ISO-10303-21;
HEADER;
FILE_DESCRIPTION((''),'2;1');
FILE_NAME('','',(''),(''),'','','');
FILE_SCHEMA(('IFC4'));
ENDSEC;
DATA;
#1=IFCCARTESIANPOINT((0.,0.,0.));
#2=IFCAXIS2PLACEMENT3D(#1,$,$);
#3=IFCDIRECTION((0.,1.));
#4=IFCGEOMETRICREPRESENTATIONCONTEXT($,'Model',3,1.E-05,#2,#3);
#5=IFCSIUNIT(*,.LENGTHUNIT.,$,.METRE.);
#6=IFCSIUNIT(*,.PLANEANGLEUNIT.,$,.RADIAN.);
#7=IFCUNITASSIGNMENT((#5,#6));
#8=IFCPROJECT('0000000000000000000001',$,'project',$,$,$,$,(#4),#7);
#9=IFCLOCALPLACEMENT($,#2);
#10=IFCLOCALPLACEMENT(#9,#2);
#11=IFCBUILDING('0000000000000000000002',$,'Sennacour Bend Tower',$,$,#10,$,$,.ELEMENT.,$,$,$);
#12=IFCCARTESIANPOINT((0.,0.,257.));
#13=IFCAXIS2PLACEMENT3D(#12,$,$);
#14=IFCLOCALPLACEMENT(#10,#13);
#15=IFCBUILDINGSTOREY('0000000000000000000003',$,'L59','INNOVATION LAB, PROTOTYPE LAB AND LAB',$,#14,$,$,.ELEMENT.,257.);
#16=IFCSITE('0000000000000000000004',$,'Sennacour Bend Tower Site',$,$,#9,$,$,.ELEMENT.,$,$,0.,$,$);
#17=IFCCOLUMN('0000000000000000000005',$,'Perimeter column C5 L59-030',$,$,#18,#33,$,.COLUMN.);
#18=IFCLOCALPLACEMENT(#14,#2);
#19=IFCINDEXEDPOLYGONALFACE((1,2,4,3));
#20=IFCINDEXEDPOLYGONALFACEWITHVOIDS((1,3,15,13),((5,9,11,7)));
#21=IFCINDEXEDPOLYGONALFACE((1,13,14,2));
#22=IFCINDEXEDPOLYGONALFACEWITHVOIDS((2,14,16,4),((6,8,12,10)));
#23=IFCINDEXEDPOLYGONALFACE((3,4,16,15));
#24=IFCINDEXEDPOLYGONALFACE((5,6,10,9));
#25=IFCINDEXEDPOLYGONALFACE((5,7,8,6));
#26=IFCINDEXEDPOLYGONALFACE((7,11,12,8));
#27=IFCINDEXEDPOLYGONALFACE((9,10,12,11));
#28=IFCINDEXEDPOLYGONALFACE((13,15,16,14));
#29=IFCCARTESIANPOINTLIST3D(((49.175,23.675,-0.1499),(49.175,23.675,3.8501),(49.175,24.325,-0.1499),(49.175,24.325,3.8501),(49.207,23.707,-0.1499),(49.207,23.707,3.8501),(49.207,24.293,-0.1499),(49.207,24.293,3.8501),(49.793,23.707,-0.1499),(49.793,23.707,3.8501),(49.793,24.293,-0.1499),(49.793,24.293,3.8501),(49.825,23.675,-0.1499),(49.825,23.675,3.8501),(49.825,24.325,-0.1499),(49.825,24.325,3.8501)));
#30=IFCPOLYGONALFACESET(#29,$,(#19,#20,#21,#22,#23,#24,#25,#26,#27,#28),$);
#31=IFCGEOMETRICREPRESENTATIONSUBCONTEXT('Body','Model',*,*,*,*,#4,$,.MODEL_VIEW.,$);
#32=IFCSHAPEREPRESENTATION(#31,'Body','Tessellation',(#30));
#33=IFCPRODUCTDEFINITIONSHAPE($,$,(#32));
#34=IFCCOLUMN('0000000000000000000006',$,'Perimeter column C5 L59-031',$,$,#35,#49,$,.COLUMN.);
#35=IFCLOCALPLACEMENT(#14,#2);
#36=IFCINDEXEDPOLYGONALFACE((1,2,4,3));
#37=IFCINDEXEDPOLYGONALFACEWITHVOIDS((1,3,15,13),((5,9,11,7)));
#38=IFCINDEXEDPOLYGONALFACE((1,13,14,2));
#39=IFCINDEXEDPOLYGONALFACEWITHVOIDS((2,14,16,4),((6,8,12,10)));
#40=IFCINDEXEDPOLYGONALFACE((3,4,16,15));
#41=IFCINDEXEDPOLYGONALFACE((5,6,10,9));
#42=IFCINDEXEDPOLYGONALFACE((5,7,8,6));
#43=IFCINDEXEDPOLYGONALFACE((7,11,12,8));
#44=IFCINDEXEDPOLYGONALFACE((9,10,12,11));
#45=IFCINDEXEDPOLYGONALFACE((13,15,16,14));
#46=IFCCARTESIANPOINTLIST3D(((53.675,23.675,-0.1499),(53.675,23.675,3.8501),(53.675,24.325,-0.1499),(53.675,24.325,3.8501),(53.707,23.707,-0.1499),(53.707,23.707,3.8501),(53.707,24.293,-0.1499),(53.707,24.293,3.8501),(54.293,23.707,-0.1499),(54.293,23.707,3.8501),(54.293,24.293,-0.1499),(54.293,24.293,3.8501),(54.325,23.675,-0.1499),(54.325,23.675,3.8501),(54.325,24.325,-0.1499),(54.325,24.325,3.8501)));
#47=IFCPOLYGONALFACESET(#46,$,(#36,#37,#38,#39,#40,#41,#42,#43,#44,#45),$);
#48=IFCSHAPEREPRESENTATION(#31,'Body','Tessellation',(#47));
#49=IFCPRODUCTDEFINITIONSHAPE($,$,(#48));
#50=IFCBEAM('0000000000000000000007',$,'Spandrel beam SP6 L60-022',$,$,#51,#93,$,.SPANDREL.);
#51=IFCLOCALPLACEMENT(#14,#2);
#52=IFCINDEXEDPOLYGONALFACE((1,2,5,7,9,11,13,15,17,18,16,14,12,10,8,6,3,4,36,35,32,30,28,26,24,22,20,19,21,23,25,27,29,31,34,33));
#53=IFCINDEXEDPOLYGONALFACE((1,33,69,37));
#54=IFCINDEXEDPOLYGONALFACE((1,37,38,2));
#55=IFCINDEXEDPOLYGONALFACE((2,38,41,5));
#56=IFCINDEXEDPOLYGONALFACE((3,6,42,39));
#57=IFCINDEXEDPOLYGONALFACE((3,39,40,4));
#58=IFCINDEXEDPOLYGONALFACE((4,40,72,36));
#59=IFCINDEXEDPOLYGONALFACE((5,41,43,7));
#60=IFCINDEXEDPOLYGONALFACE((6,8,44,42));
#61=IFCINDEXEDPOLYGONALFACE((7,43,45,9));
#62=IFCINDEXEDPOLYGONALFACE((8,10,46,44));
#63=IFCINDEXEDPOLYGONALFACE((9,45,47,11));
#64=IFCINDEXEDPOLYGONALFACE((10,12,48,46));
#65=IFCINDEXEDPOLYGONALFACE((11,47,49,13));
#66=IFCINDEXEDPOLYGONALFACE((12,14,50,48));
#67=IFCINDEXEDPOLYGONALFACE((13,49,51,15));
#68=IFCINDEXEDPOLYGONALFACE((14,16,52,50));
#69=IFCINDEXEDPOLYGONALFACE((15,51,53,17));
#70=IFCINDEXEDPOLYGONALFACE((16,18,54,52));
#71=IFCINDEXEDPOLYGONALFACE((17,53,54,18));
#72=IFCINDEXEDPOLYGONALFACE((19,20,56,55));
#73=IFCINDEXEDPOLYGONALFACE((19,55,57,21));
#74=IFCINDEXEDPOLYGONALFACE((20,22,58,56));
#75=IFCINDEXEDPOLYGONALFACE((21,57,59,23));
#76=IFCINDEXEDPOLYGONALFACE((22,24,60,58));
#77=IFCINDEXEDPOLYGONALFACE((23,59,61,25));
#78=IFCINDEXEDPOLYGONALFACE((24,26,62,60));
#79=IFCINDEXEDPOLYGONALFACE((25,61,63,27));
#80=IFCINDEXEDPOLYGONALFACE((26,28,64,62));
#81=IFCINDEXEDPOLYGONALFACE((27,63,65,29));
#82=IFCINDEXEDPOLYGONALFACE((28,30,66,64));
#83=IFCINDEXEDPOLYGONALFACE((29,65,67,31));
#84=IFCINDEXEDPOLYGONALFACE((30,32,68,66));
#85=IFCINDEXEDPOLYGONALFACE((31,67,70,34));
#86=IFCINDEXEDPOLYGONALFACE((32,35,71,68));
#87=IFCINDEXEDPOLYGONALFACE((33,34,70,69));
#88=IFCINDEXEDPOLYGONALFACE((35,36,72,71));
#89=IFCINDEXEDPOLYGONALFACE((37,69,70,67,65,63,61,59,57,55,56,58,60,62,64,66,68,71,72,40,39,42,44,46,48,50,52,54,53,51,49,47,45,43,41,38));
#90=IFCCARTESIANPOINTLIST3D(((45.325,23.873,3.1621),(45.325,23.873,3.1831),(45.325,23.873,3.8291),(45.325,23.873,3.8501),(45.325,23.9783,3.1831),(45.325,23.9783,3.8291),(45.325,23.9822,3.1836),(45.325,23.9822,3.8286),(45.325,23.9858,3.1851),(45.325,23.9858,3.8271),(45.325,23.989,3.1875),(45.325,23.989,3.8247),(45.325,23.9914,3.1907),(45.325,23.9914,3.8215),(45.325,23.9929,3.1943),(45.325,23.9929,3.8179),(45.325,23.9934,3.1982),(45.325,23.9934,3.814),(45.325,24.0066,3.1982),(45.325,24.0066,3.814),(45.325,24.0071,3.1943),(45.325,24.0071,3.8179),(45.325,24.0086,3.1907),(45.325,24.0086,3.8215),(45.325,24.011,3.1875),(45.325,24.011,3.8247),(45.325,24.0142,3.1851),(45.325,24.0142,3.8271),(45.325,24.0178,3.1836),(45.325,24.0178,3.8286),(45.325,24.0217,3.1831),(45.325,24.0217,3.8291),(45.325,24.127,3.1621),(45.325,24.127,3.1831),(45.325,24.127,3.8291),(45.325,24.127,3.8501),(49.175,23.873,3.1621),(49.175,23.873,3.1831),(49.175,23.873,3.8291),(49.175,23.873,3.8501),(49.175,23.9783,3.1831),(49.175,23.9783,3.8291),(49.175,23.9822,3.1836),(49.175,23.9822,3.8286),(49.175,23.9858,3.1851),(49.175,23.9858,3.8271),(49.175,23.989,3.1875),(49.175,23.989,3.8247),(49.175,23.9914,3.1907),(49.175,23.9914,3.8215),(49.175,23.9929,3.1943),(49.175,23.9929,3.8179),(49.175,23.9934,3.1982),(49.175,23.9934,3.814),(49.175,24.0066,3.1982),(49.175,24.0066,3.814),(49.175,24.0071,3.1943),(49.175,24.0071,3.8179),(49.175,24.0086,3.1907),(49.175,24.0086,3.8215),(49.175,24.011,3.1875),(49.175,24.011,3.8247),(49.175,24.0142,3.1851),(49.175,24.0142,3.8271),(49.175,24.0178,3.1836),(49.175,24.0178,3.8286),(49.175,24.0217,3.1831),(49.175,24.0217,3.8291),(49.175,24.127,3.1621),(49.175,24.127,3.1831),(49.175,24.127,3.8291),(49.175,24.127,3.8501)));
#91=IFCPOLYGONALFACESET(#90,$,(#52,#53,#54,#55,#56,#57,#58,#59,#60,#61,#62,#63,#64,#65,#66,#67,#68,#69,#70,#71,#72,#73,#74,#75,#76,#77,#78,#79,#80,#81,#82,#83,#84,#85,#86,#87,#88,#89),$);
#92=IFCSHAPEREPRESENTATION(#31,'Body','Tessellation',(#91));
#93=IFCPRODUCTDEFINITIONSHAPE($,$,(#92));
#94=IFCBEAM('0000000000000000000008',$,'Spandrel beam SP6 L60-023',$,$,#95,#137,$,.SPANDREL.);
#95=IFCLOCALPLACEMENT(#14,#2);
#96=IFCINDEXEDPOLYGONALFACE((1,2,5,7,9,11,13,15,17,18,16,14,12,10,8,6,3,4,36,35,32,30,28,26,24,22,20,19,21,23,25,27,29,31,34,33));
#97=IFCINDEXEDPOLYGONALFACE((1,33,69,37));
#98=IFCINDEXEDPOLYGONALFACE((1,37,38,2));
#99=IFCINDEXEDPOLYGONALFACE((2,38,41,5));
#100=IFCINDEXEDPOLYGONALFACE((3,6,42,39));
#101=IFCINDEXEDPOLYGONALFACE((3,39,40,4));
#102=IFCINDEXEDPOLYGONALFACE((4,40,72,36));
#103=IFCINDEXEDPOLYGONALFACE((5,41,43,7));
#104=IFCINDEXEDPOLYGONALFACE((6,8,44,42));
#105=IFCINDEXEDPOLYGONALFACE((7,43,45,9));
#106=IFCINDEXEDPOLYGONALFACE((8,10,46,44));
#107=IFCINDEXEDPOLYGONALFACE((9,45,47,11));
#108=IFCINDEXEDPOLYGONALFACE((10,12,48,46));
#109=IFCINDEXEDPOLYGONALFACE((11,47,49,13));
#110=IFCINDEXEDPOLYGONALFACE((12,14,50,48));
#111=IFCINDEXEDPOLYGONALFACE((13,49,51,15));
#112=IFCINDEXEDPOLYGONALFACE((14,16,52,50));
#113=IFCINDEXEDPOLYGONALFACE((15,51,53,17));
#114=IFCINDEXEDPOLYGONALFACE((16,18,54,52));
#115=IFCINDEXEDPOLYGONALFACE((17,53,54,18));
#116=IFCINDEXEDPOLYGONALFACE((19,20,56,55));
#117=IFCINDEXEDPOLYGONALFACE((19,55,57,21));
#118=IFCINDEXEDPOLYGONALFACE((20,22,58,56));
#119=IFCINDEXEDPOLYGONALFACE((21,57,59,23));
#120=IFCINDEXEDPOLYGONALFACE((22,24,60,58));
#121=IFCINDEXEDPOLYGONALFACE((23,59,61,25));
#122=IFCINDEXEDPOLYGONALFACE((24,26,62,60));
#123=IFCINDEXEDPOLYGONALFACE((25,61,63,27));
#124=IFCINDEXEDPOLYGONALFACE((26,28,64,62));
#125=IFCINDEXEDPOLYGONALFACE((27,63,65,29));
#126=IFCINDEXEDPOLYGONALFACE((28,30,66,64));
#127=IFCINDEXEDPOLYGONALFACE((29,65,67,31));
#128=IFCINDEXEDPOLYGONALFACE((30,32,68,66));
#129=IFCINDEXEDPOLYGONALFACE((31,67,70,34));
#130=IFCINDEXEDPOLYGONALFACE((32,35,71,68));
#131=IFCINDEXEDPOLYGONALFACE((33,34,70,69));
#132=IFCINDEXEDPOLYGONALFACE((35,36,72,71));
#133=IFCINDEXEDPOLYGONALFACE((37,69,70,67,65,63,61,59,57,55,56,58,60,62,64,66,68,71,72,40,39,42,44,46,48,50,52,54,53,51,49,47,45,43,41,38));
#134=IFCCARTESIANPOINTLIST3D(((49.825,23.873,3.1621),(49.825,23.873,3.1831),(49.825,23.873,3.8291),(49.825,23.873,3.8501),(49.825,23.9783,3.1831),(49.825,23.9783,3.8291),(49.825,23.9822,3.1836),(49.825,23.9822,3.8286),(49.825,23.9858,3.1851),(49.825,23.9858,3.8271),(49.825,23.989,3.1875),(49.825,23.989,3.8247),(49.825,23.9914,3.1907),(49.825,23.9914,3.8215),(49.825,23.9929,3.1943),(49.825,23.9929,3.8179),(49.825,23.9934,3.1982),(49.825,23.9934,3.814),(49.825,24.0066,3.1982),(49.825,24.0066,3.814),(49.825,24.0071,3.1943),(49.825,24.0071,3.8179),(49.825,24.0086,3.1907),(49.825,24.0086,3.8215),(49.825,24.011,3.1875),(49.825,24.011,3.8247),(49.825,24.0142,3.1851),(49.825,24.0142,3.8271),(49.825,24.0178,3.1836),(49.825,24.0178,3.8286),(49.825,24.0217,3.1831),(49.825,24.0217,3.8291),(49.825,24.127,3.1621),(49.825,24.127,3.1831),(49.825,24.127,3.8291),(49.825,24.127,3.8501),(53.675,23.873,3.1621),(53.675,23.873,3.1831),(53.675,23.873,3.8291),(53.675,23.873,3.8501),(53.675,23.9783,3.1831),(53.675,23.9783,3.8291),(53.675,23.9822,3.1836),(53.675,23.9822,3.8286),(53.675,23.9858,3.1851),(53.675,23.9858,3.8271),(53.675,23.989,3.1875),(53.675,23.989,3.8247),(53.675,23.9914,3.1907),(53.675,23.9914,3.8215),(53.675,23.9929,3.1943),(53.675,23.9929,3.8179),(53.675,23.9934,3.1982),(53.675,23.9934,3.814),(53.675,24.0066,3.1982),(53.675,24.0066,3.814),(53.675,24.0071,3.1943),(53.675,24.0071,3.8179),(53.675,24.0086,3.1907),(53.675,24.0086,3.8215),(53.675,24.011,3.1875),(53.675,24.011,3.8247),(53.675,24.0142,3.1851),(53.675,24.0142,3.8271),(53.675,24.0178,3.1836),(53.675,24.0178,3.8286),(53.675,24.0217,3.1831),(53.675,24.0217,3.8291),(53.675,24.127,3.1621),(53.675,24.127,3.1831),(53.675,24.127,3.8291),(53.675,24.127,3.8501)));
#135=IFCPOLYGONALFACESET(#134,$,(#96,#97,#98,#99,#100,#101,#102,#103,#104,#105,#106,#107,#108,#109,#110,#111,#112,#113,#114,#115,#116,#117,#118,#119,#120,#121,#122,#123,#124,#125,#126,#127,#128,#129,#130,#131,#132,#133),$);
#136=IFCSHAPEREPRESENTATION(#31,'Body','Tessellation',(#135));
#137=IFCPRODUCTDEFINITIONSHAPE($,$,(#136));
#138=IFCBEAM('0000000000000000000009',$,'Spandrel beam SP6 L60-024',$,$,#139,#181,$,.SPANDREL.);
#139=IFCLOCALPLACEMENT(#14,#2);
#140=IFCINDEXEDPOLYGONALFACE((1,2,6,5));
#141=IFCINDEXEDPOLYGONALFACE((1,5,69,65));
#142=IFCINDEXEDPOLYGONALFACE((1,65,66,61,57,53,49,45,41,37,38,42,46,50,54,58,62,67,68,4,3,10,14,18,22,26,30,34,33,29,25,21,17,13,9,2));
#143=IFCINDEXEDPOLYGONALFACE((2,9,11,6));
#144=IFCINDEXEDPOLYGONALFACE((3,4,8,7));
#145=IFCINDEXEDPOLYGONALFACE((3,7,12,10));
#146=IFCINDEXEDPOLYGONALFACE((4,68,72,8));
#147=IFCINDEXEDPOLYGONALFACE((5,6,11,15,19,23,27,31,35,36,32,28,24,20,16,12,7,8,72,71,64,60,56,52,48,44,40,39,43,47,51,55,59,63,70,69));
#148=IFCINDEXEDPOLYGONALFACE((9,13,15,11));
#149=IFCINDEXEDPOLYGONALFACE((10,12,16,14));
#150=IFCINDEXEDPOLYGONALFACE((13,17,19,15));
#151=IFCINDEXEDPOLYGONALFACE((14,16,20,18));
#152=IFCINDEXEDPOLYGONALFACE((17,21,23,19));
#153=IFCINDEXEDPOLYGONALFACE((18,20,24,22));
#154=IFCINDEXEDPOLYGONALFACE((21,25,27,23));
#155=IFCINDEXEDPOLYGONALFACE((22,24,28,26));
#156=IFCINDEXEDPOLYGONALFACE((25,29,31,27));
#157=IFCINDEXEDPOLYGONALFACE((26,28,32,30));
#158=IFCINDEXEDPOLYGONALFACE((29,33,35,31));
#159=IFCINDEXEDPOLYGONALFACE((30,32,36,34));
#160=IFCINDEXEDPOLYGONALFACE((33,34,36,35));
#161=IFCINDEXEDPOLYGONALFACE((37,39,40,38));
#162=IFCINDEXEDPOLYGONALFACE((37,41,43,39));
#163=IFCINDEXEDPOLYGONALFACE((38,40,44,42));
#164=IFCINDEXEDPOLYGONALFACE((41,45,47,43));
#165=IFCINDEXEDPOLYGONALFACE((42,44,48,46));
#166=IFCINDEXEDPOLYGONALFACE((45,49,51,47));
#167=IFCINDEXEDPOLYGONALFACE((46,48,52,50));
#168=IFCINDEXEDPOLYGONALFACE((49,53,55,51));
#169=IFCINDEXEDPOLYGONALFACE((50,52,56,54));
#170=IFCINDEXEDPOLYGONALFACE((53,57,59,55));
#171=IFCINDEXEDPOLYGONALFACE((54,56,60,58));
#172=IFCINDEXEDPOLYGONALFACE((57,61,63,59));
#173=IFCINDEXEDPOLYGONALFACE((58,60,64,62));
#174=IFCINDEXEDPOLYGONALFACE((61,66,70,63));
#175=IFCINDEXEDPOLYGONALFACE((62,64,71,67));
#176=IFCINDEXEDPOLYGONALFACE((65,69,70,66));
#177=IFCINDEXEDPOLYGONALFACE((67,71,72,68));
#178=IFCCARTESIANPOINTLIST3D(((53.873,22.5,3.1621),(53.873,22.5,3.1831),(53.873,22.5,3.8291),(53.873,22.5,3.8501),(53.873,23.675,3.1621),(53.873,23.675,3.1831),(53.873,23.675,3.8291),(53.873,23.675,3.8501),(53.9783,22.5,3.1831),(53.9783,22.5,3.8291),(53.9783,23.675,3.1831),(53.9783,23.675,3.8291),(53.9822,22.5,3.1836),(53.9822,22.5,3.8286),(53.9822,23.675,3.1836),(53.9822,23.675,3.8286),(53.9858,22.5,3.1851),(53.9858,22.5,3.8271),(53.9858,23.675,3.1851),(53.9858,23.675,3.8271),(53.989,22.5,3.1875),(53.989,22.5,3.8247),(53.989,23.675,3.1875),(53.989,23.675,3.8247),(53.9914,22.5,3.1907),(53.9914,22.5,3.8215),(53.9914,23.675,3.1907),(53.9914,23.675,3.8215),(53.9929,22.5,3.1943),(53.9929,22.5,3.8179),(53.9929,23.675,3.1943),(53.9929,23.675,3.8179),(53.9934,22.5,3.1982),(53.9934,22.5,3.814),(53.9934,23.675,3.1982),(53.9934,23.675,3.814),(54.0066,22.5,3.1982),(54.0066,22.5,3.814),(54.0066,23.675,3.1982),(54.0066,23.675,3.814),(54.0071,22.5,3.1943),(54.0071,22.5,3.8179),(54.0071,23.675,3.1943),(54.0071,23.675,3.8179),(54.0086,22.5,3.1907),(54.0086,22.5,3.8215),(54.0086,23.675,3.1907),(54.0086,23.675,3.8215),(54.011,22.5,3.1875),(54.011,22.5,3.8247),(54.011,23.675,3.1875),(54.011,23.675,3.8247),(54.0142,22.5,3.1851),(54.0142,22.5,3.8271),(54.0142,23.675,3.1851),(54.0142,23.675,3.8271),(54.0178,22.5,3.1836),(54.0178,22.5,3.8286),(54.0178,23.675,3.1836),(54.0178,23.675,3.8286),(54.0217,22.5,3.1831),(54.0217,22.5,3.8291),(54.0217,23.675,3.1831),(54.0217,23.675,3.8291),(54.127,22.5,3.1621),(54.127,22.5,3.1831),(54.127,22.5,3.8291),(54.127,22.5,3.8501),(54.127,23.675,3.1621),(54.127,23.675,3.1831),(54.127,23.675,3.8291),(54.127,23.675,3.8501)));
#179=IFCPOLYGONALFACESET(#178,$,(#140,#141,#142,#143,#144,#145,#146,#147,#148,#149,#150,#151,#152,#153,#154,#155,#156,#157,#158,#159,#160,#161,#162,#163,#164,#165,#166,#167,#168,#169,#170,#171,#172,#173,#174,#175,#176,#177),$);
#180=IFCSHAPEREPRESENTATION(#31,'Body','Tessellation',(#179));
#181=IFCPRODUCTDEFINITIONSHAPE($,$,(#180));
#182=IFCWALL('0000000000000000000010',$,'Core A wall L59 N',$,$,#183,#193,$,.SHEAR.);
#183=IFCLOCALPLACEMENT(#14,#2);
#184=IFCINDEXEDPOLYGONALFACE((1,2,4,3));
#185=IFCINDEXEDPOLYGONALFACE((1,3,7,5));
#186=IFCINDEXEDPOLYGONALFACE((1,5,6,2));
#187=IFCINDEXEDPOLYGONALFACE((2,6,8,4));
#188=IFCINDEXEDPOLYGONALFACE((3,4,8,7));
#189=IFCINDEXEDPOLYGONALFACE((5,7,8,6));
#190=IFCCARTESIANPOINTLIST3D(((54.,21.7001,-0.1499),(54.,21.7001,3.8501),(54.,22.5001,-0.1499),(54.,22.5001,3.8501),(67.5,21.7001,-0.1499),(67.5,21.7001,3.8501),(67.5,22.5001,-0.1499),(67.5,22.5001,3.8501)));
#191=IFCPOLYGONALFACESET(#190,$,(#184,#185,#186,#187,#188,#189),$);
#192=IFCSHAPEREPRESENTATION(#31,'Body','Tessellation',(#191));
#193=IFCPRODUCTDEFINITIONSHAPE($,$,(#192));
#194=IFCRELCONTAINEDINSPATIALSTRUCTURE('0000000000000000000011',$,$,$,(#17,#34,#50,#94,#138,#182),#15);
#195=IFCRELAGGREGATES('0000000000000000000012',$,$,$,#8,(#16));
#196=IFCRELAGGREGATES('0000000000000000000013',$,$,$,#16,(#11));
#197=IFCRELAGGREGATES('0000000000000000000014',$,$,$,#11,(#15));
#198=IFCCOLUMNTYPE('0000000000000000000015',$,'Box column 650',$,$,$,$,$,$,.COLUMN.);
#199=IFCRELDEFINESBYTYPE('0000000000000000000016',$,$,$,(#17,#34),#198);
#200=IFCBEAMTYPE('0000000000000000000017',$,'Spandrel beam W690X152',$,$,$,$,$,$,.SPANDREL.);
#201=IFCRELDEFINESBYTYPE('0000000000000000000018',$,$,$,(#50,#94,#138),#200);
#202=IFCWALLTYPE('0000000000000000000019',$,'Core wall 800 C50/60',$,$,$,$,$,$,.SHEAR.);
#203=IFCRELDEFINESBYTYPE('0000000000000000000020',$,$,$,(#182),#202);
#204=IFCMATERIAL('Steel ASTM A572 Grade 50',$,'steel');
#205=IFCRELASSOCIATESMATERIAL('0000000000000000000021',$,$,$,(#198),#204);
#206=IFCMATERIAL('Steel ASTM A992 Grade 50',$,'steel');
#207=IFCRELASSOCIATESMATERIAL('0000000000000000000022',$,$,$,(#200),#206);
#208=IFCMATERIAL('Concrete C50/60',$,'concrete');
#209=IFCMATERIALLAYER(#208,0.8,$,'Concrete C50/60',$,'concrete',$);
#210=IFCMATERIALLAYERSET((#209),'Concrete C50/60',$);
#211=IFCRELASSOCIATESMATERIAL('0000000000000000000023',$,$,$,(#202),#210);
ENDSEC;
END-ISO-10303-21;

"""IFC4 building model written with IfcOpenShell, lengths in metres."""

from ifc_helpers import new_model, si_unit, direction, frame, frame_2d, origin, origin_2d, place, context, subcontext, project, spatial, rectangle, hollow_rectangle, i_section, extrude, material, layer, layer_set, material_profile, profile_set, type_object, element, save


model = new_model("IFC4")

# Units and contexts
model_context = context("Model", 3, precision=1e-05, world=origin(), true_north=direction((0.0, 1.0)))
body_context = subcontext(model_context, "Body", "Model", "MODEL_VIEW")
ifc_project = project(units=[si_unit("LENGTHUNIT", "METRE"), si_unit("PLANEANGLEUNIT", "RADIAN")], contexts=[model_context])

# Site, building, storey
site_placement = place(None, origin())
site = spatial("IfcSite", under=ifc_project, at=site_placement, Name="Sennacour Bend Tower Site", CompositionType="ELEMENT", RefElevation=0.0)
building_placement = place(site_placement, origin())
building = spatial("IfcBuilding", under=site, at=building_placement, Name="Sennacour Bend Tower", CompositionType="ELEMENT")
storey_placement = place(building_placement, frame((0.0, 0.0, 257.0)))
storey = spatial("IfcBuildingStorey", under=building, at=storey_placement, Name="L59", Description="INNOVATION LAB, PROTOTYPE LAB AND LAB", CompositionType="ELEMENT", Elevation=257.0)

# Columns
ifc_material_1 = material(Name="Steel ASTM A572 Grade 50", Category="steel")
ifc_material_profile_1 = material_profile(ifc_material_1, hollow_rectangle(XDim=0.6499, YDim=0.6499, WallThickness=0.032, at=origin_2d()), Name="Steel ASTM A572 Grade 50", Category="steel")
ifc_profile_set_1 = profile_set([ifc_material_profile_1], Name="Steel ASTM A572 Grade 50")
column_type = type_object("IfcColumnType", Name="Box column 650", PredefinedType="COLUMN", material=ifc_profile_set_1)
for number, where, z_axis, x_axis, name in (
    (1, (49.5, 24.0, -0.1499), (0.0, 0.0, 1.0), (1.0, 0.0, 0.0), "Perimeter column C5 L59-030"),
    (2, (54.0, 24.0, -0.1499), (0.0, 0.0, 1.0), (1.0, 0.0, 0.0), "Perimeter column C5 L59-031"),
):
    element("IfcColumn", number, at=place(storey_placement, frame(where, z_axis=z_axis, x_axis=x_axis)), inside=storey, type_object=column_type, Name=name, PredefinedType="COLUMN", context=body_context, shape_type="SweptSolid", body=[
        extrude(hollow_rectangle(XDim=0.6499, YDim=0.6499, WallThickness=0.032, at=origin_2d()), origin(), (0.0, 0.0, 1.0), 4.0),
    ])

# Beams
ifc_material_2 = material(Name="Steel ASTM A992 Grade 50", Category="steel")
ifc_material_profile_2 = material_profile(ifc_material_2, i_section(OverallWidth=0.2539, OverallDepth=0.688, WebThickness=0.0132, FlangeThickness=0.021, FilletRadius=0.0151, at=origin_2d()), Name="Steel ASTM A992 Grade 50", Category="steel")
ifc_profile_set_2 = profile_set([ifc_material_profile_2], Name="Steel ASTM A992 Grade 50")
beam_type = type_object("IfcBeamType", Name="Spandrel beam W690X152", PredefinedType="SPANDREL", material=ifc_profile_set_2)
for number, where, z_axis, x_axis, name in (
    (3, (45.325, 24.0, 3.5061), (1.0, 0.0, 0.0), (0.0, 1.0, 0.0), "Spandrel beam SP6 L60-022"),
    (4, (49.825, 24.0, 3.5061), (1.0, 0.0, 0.0), (0.0, 1.0, 0.0), "Spandrel beam SP6 L60-023"),
):
    element("IfcBeam", number, at=place(storey_placement, frame(where, z_axis=z_axis, x_axis=x_axis)), inside=storey, type_object=beam_type, Name=name, PredefinedType="SPANDREL", context=body_context, shape_type="SweptSolid", body=[
        extrude(i_section(OverallWidth=0.2539, OverallDepth=0.688, WebThickness=0.0132, FlangeThickness=0.021, FilletRadius=0.0151, at=origin_2d()), origin(), (0.0, 0.0, 1.0), 3.8501),
    ])
beam_placement = place(storey_placement, frame((54.0, 23.675, 3.5061), z_axis=(0.0, -1.0, 0.0), x_axis=(1.0, 0.0, 0.0)))
element("IfcBeam", 5, at=beam_placement, inside=storey, type_object=beam_type, Name="Spandrel beam SP6 L60-024", PredefinedType="SPANDREL", context=body_context, shape_type="SweptSolid", body=[
    extrude(i_section(OverallWidth=0.2539, OverallDepth=0.688, WebThickness=0.0132, FlangeThickness=0.021, FilletRadius=0.0151, at=origin_2d()), origin(), (0.0, 0.0, 1.0), 1.175),
])

# Wall
ifc_material_3 = material(Name="Concrete C50/60", Category="concrete")
ifc_layer_1 = layer(ifc_material_3, 0.8, Name="Concrete C50/60", Category="concrete")
ifc_layer_set_1 = layer_set([ifc_layer_1], Name="Concrete C50/60")
wall_type_1 = type_object("IfcWallType", Name="Core wall 800 C50/60", PredefinedType="SHEAR", material=ifc_layer_set_1)
wall_1_placement = place(storey_placement, frame((54.0, 22.1001, -0.1499), z_axis=(0.0, 0.0, 1.0), x_axis=(1.0, 0.0, 0.0)))
element("IfcWall", 6, at=wall_1_placement, inside=storey, type_object=wall_type_1, Name="Core A wall L59 N", PredefinedType="SHEAR", context=body_context, shape_type="SweptSolid", body=[
    extrude(rectangle(XDim=13.5, YDim=0.8, at=frame_2d((6.75, 0.0))), origin(), (0.0, 0.0, 1.0), 4.0),
])

save(model, "model.ifc")
